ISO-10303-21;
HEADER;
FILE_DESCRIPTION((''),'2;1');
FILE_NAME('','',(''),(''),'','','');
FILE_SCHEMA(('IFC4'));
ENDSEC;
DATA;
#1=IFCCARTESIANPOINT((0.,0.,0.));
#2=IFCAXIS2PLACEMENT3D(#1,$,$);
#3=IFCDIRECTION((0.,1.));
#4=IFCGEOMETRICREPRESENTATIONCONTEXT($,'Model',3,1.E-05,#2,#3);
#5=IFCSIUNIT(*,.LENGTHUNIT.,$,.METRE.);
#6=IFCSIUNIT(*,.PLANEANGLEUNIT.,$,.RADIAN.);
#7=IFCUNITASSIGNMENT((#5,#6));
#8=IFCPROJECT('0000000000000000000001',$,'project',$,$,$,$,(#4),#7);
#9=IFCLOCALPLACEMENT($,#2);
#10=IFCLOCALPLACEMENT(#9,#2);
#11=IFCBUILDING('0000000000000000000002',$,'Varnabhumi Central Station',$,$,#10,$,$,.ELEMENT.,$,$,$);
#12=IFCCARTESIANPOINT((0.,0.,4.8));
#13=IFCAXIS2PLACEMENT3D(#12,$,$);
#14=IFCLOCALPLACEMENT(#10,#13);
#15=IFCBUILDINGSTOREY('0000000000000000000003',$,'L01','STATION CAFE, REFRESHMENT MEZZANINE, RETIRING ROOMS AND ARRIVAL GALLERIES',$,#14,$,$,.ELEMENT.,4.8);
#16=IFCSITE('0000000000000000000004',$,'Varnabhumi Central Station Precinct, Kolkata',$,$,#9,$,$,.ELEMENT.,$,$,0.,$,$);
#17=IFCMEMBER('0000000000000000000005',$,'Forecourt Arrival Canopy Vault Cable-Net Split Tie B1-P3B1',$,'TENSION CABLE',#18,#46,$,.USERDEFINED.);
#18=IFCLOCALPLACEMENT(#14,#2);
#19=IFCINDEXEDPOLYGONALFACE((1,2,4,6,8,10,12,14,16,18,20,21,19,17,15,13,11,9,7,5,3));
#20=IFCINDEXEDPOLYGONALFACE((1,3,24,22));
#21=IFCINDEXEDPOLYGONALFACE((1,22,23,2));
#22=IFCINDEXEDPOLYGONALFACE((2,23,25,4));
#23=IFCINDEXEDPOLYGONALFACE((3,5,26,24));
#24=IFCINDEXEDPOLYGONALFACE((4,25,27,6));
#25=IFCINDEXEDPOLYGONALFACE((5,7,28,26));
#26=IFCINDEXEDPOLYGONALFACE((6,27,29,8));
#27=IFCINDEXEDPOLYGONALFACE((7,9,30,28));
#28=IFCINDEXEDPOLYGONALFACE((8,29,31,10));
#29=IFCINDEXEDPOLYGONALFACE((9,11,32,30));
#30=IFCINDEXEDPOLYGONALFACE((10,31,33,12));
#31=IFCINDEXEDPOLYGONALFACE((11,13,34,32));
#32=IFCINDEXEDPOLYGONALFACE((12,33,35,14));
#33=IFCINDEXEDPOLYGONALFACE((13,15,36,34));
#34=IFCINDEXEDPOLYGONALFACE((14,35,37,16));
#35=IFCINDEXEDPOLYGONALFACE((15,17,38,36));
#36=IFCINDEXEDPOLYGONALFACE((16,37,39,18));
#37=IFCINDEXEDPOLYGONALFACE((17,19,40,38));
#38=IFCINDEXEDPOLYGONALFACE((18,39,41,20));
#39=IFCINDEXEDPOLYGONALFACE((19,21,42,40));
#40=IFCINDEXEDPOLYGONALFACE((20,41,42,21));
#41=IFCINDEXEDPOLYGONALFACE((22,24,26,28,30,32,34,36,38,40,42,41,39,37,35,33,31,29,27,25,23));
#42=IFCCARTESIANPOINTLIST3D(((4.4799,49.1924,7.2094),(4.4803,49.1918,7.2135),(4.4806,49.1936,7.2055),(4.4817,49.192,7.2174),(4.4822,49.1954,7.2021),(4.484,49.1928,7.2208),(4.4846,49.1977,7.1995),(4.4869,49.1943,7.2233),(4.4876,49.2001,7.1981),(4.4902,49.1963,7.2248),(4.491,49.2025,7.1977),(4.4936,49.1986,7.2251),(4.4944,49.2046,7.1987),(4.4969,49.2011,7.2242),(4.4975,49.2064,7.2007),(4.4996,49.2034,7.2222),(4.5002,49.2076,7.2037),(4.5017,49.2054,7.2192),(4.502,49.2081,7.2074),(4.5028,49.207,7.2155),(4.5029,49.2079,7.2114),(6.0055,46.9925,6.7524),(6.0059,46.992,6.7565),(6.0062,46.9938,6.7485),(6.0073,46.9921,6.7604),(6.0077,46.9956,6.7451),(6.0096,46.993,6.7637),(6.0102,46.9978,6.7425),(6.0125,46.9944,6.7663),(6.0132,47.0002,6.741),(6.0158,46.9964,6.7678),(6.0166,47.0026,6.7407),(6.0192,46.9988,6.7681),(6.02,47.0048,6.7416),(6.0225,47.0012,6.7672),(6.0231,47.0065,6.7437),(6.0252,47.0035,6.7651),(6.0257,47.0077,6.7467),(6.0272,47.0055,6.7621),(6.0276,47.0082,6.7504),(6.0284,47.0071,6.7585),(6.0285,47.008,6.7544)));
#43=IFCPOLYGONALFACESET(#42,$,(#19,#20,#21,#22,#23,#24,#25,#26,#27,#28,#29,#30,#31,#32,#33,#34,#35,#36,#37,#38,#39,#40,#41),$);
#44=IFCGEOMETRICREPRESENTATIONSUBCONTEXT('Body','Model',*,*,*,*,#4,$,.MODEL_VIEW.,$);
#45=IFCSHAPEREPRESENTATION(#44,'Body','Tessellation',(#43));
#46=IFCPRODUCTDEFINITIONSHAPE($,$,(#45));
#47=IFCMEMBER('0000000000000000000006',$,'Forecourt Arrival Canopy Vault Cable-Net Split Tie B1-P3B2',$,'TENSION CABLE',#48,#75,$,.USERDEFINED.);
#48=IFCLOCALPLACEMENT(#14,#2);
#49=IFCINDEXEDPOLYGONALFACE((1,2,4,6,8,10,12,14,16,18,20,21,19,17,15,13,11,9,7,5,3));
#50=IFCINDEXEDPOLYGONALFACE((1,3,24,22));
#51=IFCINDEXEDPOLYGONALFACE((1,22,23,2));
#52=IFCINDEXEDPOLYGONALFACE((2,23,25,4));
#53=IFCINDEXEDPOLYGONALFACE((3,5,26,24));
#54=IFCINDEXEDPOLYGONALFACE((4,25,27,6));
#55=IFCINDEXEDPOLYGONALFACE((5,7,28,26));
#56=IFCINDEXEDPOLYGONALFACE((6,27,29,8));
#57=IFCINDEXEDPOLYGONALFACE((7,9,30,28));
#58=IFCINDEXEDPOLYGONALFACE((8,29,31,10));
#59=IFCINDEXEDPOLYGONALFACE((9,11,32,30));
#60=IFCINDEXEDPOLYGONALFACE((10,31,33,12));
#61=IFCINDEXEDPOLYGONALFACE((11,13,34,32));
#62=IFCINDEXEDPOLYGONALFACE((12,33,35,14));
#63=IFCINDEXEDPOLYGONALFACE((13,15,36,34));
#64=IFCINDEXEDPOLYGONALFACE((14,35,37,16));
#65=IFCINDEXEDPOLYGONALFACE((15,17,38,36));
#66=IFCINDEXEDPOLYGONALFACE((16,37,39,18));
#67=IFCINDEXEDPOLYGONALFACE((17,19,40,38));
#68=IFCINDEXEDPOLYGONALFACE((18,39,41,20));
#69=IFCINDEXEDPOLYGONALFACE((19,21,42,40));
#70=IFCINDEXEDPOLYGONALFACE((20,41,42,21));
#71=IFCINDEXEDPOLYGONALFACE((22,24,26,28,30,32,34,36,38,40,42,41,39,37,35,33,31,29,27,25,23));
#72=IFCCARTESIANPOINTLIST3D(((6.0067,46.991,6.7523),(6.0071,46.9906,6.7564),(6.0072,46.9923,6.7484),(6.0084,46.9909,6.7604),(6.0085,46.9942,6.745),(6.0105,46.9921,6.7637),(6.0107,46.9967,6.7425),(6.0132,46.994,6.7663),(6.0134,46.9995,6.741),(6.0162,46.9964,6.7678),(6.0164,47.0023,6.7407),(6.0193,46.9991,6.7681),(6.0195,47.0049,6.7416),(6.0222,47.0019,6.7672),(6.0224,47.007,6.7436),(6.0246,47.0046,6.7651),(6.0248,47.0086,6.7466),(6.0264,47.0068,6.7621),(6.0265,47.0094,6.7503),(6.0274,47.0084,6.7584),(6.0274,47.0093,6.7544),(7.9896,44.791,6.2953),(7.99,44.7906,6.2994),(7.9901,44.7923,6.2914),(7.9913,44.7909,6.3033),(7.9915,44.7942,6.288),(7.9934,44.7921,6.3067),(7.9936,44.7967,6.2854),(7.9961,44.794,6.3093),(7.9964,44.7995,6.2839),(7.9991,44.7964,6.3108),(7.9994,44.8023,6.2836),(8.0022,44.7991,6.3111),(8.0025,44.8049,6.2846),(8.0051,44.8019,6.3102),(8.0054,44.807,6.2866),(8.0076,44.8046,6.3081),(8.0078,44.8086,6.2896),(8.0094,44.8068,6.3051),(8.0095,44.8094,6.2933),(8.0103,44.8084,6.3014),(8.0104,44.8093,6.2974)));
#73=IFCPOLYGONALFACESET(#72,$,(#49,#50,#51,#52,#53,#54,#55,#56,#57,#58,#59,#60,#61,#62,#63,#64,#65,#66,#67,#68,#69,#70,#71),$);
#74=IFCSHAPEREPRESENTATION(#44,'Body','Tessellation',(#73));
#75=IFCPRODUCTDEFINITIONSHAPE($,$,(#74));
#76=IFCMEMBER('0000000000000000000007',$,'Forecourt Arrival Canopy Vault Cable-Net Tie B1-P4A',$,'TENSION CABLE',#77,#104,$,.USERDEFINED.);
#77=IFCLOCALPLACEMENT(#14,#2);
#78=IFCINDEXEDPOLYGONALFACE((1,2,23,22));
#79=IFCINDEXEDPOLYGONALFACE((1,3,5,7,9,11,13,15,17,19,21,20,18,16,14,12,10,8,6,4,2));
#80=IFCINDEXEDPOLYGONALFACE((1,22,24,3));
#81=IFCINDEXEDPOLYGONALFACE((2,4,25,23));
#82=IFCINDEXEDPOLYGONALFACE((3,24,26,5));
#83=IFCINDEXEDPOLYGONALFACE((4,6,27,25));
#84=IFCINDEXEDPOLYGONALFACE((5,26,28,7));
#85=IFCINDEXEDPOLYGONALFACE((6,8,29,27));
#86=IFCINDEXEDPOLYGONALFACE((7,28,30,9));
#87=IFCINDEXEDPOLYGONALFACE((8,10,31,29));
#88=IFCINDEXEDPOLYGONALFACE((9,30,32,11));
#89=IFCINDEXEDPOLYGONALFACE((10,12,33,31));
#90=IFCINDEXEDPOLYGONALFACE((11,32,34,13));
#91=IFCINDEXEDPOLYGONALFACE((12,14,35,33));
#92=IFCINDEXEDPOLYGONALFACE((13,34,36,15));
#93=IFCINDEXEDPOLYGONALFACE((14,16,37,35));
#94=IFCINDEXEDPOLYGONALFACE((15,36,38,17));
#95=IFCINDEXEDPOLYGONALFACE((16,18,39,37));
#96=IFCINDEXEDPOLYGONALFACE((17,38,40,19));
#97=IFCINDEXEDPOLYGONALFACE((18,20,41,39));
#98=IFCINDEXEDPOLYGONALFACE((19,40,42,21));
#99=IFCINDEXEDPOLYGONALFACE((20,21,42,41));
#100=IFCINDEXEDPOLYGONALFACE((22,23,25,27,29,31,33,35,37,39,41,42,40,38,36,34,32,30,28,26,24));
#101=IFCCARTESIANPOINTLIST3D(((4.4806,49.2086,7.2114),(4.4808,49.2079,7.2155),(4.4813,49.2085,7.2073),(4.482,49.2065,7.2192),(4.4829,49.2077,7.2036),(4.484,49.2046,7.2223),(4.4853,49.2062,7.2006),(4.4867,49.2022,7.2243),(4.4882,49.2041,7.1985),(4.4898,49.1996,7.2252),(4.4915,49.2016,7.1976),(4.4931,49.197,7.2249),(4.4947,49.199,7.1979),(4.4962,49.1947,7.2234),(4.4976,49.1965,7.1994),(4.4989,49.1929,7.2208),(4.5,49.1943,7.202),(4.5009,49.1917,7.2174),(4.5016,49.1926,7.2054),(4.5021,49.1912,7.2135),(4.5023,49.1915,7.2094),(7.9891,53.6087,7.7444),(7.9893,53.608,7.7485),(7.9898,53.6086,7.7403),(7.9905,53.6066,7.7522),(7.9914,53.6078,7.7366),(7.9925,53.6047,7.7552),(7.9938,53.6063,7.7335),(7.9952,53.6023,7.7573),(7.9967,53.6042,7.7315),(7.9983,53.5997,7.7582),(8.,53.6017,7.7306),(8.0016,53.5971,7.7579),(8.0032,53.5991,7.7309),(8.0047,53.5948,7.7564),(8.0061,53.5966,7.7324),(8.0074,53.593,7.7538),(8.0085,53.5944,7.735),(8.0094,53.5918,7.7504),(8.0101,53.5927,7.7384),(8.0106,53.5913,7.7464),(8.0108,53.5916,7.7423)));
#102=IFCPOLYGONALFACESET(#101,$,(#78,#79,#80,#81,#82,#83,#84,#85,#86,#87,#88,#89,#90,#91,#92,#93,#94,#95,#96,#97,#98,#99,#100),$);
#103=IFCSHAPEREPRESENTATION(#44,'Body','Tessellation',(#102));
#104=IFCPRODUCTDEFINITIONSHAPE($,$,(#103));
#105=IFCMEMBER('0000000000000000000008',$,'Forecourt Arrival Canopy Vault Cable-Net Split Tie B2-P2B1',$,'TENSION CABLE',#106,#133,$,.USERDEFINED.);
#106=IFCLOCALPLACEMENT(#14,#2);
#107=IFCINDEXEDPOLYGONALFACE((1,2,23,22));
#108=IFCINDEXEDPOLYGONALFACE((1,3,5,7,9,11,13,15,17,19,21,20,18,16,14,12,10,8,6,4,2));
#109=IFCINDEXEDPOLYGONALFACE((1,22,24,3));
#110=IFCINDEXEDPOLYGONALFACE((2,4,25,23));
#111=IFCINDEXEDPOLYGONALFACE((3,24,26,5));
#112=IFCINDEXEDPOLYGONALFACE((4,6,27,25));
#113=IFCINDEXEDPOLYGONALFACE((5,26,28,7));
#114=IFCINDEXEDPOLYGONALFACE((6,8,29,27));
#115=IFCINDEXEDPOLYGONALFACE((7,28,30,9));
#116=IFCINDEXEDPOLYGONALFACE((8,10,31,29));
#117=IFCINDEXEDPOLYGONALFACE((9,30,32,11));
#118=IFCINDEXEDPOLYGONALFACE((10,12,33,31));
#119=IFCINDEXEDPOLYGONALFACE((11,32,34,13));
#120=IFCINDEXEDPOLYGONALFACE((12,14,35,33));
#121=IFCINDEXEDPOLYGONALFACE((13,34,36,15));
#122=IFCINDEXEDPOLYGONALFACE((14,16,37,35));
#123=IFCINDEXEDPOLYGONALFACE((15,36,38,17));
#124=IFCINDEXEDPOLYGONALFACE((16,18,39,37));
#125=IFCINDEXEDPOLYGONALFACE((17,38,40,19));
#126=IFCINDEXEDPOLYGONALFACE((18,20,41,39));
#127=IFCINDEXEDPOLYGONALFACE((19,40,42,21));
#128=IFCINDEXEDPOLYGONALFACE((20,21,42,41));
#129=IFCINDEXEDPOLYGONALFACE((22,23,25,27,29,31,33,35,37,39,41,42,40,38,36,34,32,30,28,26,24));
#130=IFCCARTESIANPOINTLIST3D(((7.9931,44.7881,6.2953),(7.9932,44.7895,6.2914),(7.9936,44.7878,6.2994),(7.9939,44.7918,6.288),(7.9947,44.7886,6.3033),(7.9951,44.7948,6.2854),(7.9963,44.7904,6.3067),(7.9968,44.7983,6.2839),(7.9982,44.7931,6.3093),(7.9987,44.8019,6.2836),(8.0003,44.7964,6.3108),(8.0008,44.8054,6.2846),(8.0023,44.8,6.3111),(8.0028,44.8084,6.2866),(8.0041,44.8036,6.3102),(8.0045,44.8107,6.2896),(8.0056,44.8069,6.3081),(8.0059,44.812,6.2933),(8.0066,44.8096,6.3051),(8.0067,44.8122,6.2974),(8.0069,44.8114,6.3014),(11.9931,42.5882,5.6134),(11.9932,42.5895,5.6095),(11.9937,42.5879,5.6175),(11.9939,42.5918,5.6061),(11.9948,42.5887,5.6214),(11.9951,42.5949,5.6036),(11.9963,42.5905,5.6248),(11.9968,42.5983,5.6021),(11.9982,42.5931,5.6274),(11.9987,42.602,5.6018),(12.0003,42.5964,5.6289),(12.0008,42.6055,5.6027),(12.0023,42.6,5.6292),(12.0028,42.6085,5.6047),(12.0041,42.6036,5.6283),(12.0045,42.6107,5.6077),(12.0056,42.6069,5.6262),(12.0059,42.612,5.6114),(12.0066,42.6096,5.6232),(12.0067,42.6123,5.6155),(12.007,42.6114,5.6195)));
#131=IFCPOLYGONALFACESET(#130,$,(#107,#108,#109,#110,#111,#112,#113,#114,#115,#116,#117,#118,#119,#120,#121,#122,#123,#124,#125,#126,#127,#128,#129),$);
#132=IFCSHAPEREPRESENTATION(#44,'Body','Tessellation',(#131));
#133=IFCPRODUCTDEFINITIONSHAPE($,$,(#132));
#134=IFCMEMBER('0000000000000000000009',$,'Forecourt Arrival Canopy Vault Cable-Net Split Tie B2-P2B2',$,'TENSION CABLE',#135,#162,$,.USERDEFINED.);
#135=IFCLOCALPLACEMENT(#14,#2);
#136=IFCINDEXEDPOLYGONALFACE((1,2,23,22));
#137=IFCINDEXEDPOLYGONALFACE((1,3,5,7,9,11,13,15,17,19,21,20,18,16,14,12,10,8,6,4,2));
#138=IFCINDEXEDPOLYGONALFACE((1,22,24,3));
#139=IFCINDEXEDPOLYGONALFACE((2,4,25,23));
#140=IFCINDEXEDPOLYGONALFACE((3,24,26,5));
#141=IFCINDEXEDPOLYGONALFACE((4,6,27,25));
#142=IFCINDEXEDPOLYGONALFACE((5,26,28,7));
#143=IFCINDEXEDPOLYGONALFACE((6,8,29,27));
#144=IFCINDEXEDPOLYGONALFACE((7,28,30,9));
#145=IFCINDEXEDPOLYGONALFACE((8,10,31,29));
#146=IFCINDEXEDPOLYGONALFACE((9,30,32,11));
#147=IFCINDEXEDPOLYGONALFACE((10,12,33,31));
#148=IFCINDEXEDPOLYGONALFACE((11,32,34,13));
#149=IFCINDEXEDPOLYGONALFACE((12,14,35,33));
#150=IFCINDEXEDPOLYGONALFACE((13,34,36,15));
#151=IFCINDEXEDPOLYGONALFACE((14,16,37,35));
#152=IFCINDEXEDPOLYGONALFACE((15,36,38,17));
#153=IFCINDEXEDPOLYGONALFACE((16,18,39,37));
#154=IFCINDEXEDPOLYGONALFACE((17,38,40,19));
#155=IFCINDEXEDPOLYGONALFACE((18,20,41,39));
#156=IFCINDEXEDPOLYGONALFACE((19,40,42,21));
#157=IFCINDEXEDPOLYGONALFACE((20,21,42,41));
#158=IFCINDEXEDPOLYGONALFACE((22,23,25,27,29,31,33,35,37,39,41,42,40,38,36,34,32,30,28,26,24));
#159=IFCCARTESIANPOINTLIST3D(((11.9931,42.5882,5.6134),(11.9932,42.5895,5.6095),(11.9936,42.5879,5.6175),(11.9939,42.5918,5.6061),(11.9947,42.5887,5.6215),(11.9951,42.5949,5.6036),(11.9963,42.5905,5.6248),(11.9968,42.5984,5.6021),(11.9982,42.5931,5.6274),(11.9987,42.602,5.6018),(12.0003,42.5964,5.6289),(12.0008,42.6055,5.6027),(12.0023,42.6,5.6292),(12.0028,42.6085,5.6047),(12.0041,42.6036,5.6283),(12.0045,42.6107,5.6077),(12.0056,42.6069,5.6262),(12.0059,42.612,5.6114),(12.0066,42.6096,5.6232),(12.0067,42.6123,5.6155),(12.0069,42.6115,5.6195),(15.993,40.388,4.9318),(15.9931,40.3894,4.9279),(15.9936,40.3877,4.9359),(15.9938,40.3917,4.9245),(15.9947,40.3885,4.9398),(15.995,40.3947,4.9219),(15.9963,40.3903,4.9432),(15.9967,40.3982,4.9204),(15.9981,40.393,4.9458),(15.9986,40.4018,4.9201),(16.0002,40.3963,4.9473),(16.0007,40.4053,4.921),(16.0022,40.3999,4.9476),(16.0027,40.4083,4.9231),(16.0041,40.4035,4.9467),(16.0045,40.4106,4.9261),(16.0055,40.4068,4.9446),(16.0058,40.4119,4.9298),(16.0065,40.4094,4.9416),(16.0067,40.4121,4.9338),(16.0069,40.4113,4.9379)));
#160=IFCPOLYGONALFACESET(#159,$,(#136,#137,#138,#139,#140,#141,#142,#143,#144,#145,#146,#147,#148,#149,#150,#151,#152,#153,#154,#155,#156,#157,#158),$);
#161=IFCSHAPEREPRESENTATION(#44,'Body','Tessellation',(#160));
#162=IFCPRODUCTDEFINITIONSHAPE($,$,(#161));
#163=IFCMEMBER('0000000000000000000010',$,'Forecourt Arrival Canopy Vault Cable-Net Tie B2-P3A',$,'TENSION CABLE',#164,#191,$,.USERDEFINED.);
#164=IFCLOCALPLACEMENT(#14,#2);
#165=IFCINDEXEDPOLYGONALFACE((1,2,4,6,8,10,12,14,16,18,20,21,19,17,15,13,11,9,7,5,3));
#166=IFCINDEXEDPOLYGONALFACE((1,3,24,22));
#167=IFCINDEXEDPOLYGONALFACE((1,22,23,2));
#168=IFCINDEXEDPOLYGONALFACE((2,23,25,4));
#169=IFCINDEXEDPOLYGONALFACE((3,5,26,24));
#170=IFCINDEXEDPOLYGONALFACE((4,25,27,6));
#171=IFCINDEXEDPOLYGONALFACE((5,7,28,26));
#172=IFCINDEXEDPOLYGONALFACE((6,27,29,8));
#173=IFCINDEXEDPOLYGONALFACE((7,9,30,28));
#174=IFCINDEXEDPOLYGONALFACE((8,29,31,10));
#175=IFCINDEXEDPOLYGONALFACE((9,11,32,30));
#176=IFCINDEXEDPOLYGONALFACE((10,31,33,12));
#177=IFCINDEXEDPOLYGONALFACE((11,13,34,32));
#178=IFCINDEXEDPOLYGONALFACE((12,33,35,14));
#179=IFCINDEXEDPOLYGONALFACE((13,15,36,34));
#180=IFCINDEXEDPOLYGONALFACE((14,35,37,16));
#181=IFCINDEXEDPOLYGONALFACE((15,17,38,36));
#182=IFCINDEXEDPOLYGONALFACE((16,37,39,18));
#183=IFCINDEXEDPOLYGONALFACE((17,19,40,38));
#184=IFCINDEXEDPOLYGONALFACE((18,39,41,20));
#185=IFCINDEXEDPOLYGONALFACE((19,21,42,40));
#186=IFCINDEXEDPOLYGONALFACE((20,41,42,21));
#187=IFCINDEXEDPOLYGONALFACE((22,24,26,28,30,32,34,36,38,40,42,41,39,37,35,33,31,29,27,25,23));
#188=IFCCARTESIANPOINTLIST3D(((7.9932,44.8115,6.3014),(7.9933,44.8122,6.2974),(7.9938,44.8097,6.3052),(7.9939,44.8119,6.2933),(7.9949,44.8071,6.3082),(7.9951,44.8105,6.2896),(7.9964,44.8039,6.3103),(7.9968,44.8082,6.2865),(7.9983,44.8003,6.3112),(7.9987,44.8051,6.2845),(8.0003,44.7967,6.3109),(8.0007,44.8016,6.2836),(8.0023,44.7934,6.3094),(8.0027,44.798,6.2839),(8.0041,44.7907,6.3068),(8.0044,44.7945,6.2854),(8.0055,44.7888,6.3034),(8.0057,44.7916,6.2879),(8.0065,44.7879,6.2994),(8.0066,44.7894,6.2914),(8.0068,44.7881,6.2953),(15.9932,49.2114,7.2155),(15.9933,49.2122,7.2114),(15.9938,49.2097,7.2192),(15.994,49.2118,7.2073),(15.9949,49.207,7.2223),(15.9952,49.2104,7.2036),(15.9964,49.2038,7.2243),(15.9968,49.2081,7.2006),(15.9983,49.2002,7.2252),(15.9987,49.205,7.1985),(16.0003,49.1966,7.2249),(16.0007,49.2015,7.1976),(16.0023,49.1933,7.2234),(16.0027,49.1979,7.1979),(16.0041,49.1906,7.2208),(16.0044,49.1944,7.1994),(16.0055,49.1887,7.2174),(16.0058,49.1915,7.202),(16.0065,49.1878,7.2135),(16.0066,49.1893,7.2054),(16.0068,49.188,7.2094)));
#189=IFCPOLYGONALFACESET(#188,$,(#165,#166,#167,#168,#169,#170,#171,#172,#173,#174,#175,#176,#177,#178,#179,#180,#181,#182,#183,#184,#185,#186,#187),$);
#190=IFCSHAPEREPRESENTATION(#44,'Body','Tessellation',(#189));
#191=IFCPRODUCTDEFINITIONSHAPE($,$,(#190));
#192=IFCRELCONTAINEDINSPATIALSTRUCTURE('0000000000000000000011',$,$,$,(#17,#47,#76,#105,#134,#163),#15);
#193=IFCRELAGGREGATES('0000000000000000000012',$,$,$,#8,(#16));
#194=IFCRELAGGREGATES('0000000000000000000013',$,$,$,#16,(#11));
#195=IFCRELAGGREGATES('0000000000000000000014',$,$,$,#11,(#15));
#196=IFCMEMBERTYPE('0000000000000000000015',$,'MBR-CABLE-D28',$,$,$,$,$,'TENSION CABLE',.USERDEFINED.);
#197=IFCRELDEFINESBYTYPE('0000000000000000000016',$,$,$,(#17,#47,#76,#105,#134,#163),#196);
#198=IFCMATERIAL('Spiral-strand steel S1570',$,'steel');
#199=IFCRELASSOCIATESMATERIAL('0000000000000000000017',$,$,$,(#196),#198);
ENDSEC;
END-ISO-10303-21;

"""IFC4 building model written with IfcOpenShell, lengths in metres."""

from ifc_helpers import new_model, si_unit, direction, frame, origin, origin_2d, place, context, subcontext, project, spatial, circle, extrude, material, material_profile, profile_set, type_object, element, save


model = new_model("IFC4")

# Units and contexts
model_context = context("Model", 3, precision=1e-05, world=origin(), true_north=direction((0.0, 1.0)))
body_context = subcontext(model_context, "Body", "Model", "MODEL_VIEW")
ifc_project = project(units=[si_unit("LENGTHUNIT", "METRE"), si_unit("PLANEANGLEUNIT", "RADIAN")], contexts=[model_context])

# Site, building, storey
site_placement = place(None, origin())
site = spatial("IfcSite", under=ifc_project, at=site_placement, Name="Varnabhumi Central Station Precinct, Kolkata", CompositionType="ELEMENT", RefElevation=0.0)
building_placement = place(site_placement, origin())
building = spatial("IfcBuilding", under=site, at=building_placement, Name="Varnabhumi Central Station", CompositionType="ELEMENT")
storey_placement = place(building_placement, frame((0.0, 0.0, 4.8)))
storey = spatial("IfcBuildingStorey", under=building, at=storey_placement, Name="L01", Description="STATION CAFE, REFRESHMENT MEZZANINE, RETIRING ROOMS AND ARRIVAL GALLERIES", CompositionType="ELEMENT", Elevation=4.8)

# Members
ifc_material_1 = material(Name="Spiral-strand steel S1570", Category="steel")
ifc_material_profile_1 = material_profile(ifc_material_1, circle(Radius=0.0139, at=origin_2d()), Name="Spiral-strand steel S1570", Category="steel")
ifc_profile_set_1 = profile_set([ifc_material_profile_1], Name="Spiral-strand steel S1570")
member_type_1 = type_object("IfcMemberType", Name="MBR-CABLE-D28", ElementType="TENSION CABLE", PredefinedType="USERDEFINED", material=ifc_profile_set_1)
member_1_placement = place(storey_placement, frame((4.4915, 49.2, 7.2114), z_axis=(0.561738, -0.81002, -0.168279), x_axis=(0.821739, 0.569864, 0.0)))
element("IfcMember", 1, at=member_1_placement, inside=storey, type_object=member_type_1, Name="Forecourt Arrival Canopy Vault Cable-Net Split Tie B1-P3B1", ObjectType="TENSION CABLE", PredefinedType="USERDEFINED", context=body_context, shape_type="SweptSolid", body=[
    extrude(circle(Radius=0.0139, at=origin_2d()), origin(), (0.0, 0.0, 1.0), 2.7158),
])
member_2_placement = place(storey_placement, frame((6.0171, 47.0, 6.7544), z_axis=(0.661684, -0.734109, -0.152508), x_axis=(0.742798, 0.669516, 0.0)))
element("IfcMember", 2, at=member_2_placement, inside=storey, type_object=member_type_1, Name="Forecourt Arrival Canopy Vault Cable-Net Split Tie B1-P3B2", ObjectType="TENSION CABLE", PredefinedType="USERDEFINED", context=body_context, shape_type="SweptSolid", body=[
    extrude(circle(Radius=0.0139, at=origin_2d()), origin(), (0.0, 0.0, 1.0), 2.9968),
])
member_3_placement = place(storey_placement, frame((4.4915, 49.2, 7.2114), z_axis=(0.620663, 0.778388, 0.094281), x_axis=(-0.781871, 0.62344, 0.0)))
element("IfcMember", 3, at=member_3_placement, inside=storey, type_object=member_type_1, Name="Forecourt Arrival Canopy Vault Cable-Net Tie B1-P4A", ObjectType="TENSION CABLE", PredefinedType="USERDEFINED", context=body_context, shape_type="SweptSolid", body=[
    extrude(circle(Radius=0.0139, at=origin_2d()), origin(), (0.0, 0.0, 1.0), 5.6528),
])
for number, where, z_axis, x_axis, name in (
    (4, (8.0, 44.8, 6.2974), (0.866606, -0.476623, -0.147731), (0.481911, 0.87622, 0.0), "Forecourt Arrival Canopy Vault Cable-Net Split Tie B2-P2B1"),
    (5, (12.0, 42.6001, 5.6155), (0.866591, -0.476667, -0.147676), (0.481952, 0.876198, 0.0), "Forecourt Arrival Canopy Vault Cable-Net Split Tie B2-P2B2"),
):
    element("IfcMember", number, at=place(storey_placement, frame(where, z_axis=z_axis, x_axis=x_axis)), inside=storey, type_object=member_type_1, Name=name, ObjectType="TENSION CABLE", PredefinedType="USERDEFINED", context=body_context, shape_type="SweptSolid", body=[
        extrude(circle(Radius=0.0139, at=origin_2d()), origin(), (0.0, 0.0, 1.0), 4.6157),
    ])
member_4_placement = place(storey_placement, frame((8.0, 44.8, 6.2974), z_axis=(0.871862, 0.479513, 0.099617), x_axis=(-0.481911, 0.87622, 0.0)))
element("IfcMember", 6, at=member_4_placement, inside=storey, type_object=member_type_1, Name="Forecourt Arrival Canopy Vault Cable-Net Tie B2-P3A", ObjectType="TENSION CABLE", PredefinedType="USERDEFINED", context=body_context, shape_type="SweptSolid", body=[
    extrude(circle(Radius=0.0139, at=origin_2d()), origin(), (0.0, 0.0, 1.0), 9.1758),
])

save(model, "model.ifc")
